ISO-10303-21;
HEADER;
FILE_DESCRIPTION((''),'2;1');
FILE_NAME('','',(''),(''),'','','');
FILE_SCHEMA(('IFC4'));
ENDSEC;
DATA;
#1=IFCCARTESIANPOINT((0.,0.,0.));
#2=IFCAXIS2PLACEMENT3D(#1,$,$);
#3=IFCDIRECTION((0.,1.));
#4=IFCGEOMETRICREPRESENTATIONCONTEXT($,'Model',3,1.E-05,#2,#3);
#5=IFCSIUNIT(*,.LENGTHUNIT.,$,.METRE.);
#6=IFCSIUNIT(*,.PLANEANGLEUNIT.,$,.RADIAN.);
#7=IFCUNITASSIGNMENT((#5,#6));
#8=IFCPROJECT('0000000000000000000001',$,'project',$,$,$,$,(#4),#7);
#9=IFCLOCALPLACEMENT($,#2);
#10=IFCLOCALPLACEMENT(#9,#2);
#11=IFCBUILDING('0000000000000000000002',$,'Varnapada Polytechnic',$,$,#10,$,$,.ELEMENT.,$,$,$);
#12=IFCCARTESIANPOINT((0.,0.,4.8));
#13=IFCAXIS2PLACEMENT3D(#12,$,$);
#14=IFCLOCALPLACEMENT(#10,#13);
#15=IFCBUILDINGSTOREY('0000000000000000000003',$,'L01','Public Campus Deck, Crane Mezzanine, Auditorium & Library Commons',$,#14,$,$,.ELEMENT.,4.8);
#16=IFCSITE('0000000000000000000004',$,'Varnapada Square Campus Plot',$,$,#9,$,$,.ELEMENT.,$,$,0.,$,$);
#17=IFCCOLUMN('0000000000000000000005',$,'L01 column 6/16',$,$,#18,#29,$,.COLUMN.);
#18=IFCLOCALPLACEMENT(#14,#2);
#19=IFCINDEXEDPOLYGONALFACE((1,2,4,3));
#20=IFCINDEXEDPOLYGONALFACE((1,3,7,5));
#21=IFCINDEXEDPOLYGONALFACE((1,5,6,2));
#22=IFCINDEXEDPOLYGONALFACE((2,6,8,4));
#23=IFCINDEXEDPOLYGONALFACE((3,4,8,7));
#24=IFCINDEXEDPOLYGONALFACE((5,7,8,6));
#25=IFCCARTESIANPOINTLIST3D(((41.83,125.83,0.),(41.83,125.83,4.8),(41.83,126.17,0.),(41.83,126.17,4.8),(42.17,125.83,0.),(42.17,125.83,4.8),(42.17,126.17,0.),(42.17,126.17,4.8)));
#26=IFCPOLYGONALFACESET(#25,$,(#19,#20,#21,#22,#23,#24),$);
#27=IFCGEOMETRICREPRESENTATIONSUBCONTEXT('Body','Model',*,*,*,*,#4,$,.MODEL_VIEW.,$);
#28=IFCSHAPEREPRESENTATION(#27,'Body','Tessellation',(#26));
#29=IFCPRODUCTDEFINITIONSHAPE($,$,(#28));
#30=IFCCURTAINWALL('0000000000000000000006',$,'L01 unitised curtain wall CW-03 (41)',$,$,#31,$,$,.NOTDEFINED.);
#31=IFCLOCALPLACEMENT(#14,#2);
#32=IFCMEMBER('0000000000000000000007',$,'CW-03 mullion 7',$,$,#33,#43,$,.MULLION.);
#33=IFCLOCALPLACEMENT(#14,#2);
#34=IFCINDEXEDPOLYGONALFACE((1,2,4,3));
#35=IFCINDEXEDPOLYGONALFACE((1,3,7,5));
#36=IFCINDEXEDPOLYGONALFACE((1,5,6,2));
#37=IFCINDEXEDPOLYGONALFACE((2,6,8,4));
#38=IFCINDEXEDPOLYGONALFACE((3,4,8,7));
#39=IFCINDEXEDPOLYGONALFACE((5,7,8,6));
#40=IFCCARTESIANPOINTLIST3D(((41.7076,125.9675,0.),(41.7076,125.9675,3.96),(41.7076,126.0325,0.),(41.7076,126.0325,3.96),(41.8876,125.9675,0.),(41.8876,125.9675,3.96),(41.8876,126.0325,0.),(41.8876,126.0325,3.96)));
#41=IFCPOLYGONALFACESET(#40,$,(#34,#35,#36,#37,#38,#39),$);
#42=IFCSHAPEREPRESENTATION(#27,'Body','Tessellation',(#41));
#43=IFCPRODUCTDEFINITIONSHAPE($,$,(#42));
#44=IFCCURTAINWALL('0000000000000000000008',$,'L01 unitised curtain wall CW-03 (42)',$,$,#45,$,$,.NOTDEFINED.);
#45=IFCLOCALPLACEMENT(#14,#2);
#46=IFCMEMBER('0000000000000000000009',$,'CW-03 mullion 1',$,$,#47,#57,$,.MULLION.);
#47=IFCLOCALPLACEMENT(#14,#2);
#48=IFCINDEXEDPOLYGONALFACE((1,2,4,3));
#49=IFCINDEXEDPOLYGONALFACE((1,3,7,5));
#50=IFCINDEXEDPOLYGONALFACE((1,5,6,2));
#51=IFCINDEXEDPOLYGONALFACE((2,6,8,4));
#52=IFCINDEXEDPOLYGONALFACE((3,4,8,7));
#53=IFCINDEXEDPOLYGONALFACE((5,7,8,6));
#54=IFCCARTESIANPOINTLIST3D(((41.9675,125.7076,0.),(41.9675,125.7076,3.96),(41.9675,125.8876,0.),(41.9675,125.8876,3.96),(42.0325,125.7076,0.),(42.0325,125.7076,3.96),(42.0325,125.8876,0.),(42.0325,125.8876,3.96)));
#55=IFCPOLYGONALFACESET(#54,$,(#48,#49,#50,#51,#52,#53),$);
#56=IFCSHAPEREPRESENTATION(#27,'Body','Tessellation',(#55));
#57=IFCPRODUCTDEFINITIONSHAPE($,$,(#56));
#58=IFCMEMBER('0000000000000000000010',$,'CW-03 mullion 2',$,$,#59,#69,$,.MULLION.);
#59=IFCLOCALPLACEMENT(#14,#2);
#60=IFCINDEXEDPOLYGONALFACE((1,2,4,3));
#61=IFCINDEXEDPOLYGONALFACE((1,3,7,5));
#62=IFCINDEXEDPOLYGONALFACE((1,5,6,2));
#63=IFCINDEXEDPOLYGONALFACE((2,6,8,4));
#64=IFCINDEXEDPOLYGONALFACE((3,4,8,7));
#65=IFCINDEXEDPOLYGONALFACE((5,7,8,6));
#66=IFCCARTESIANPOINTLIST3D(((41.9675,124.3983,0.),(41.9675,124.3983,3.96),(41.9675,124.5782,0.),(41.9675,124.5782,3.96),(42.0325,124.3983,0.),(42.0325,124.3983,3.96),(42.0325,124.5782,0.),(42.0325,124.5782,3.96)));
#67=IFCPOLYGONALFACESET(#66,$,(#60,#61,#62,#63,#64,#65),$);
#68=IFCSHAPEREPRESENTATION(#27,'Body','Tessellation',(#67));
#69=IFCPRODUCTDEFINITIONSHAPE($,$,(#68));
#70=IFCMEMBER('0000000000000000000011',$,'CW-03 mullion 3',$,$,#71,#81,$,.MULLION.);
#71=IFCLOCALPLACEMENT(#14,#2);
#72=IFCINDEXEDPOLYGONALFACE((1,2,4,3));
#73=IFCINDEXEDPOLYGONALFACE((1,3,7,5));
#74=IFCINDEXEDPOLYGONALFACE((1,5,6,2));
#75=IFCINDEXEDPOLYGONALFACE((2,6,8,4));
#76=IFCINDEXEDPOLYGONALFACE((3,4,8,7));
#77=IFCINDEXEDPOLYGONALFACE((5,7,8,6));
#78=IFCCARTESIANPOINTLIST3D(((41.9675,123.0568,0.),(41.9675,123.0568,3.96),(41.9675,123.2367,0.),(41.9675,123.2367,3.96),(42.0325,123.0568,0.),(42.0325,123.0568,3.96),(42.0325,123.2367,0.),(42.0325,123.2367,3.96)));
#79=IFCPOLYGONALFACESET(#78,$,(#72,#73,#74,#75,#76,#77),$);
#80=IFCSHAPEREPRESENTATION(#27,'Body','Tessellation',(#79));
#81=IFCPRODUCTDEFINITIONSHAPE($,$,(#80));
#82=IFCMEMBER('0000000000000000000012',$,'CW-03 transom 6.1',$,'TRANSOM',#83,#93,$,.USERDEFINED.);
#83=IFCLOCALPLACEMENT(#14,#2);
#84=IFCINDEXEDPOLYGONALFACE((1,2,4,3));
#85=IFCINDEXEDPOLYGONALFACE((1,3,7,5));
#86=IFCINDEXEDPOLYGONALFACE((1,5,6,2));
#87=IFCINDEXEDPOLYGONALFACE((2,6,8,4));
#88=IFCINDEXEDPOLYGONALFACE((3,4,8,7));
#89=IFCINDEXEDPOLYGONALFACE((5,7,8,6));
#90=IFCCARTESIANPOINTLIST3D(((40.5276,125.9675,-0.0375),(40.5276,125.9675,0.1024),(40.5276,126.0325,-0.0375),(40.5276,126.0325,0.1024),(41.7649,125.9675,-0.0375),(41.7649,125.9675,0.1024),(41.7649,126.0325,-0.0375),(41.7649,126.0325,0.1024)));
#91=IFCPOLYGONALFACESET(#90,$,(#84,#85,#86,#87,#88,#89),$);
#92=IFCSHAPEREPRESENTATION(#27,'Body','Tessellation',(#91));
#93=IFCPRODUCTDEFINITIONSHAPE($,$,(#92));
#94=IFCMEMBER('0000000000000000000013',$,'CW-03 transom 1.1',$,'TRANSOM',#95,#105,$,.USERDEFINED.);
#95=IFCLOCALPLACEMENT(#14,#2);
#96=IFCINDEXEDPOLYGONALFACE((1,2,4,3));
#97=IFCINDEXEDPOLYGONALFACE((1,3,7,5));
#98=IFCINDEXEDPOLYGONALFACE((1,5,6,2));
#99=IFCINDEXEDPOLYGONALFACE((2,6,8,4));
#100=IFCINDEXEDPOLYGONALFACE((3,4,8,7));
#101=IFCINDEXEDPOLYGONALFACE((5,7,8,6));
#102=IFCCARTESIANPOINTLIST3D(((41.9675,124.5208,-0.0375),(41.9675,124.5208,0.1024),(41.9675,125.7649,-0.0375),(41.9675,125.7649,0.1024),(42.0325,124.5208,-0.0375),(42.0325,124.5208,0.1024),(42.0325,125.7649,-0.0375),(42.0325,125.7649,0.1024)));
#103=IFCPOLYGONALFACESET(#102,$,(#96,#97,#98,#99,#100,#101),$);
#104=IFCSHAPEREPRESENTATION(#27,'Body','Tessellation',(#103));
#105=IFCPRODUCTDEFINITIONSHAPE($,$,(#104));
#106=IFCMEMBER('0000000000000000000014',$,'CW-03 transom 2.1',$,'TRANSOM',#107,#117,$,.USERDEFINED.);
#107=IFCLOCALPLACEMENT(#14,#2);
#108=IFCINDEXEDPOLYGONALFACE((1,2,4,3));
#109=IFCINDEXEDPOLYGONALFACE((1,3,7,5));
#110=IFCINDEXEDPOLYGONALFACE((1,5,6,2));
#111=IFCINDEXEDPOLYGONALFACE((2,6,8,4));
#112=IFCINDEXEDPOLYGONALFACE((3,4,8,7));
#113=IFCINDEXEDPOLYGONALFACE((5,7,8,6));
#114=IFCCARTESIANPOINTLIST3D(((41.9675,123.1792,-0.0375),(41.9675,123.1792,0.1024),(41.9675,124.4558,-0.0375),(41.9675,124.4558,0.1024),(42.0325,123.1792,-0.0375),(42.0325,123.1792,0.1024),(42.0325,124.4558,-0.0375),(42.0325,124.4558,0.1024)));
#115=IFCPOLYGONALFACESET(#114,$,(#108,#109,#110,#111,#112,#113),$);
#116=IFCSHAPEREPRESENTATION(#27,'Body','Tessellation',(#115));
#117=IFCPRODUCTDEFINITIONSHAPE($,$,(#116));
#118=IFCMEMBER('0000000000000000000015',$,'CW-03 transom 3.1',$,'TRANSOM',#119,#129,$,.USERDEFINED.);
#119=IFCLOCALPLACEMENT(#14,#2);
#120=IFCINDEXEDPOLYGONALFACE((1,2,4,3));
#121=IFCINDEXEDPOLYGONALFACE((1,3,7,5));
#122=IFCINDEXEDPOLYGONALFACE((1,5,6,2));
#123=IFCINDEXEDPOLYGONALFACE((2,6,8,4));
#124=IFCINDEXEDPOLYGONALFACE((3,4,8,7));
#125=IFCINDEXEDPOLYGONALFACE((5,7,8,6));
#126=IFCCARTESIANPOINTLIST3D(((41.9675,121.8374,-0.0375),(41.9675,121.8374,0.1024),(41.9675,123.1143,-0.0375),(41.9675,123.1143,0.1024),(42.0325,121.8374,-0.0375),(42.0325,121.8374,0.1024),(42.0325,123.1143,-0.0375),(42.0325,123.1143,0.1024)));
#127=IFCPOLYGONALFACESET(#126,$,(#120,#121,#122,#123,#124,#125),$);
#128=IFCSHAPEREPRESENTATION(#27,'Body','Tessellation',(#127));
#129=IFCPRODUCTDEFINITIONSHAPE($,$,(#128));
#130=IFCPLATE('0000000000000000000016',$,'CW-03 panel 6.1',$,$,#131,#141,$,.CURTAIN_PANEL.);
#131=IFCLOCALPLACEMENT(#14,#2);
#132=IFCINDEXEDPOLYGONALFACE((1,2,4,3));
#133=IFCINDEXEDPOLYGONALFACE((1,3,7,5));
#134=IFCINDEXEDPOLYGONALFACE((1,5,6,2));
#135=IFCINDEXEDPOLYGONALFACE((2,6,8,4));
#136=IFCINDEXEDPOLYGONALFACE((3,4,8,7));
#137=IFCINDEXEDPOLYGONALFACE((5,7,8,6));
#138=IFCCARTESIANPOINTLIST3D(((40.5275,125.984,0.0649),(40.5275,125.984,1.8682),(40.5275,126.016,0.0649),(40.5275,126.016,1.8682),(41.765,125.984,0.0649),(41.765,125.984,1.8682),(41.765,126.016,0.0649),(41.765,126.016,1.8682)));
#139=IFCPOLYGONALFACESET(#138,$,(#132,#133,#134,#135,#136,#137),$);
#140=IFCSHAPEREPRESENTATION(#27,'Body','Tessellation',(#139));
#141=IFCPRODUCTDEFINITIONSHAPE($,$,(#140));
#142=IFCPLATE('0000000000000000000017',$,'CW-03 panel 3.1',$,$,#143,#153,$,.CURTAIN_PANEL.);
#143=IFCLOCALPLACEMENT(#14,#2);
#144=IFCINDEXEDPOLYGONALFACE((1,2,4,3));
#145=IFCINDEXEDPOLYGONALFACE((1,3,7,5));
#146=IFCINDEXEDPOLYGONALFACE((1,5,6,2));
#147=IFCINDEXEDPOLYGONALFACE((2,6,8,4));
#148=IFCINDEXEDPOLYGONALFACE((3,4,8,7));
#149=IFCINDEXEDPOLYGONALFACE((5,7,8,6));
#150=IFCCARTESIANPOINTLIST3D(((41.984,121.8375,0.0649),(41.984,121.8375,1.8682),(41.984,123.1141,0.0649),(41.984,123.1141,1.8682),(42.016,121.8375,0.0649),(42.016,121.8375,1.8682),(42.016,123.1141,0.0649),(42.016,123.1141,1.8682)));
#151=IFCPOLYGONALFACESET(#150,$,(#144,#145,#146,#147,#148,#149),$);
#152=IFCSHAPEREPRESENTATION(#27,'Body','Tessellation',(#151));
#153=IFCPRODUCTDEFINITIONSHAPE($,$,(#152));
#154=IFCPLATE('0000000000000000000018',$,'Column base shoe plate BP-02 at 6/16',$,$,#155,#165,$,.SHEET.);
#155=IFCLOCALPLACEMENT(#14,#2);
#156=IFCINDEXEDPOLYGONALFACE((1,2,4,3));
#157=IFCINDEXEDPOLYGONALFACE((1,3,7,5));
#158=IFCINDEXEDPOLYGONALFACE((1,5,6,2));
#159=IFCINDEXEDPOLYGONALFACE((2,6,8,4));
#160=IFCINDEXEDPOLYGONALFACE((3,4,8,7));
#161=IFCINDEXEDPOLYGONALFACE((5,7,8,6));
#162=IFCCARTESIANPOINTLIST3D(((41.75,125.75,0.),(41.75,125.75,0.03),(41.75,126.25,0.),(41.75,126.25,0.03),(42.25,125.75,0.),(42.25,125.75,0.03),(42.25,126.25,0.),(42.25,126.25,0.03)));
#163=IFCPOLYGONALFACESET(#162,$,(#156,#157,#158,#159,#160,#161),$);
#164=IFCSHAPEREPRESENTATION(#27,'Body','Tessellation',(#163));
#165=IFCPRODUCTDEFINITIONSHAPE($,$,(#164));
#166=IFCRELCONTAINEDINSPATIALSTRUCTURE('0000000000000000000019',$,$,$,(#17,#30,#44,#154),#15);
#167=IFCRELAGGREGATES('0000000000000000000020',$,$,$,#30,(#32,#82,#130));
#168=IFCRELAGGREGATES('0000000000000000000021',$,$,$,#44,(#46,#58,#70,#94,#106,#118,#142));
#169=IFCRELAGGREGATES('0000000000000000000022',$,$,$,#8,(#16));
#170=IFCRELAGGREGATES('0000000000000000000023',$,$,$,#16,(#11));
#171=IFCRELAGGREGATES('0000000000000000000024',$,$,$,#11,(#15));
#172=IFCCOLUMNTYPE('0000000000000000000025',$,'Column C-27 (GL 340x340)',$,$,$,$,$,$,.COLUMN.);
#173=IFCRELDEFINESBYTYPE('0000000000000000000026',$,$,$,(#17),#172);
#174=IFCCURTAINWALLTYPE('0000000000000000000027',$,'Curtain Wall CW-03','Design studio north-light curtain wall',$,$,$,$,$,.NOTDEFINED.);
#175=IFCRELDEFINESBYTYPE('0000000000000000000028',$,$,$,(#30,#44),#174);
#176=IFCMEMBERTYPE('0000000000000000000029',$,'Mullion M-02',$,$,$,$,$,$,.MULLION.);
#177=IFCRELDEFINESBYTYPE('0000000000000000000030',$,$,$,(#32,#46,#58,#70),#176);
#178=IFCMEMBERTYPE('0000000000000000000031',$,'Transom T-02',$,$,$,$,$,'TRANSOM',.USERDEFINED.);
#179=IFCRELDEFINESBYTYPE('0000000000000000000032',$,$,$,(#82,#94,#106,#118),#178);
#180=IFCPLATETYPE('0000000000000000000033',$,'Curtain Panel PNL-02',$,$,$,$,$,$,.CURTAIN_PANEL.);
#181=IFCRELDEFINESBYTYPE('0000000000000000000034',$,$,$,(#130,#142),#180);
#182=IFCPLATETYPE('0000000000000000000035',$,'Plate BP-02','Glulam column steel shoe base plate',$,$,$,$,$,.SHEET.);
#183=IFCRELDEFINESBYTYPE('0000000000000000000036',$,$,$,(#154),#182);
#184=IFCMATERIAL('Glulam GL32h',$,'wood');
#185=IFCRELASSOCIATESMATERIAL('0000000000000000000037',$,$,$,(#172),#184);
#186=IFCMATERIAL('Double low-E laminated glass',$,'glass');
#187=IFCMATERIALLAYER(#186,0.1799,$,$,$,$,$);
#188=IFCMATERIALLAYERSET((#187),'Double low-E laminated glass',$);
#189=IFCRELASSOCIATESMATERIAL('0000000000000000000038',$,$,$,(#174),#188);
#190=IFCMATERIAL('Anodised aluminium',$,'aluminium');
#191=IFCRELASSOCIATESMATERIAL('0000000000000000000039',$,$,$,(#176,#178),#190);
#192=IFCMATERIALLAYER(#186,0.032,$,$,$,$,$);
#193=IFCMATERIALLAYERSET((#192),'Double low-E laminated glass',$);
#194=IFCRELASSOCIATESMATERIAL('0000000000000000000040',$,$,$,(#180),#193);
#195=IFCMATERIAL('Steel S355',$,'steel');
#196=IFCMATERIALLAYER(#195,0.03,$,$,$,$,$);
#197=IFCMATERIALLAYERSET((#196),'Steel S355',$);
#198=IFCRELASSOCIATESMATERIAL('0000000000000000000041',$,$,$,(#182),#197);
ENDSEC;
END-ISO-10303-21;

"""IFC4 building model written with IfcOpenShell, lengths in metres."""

from ifc_helpers import new_model, si_unit, direction, frame, origin, origin_2d, place, context, subcontext, project, spatial, rectangle, extrude, material, layer, layer_set, material_profile, profile_set, type_object, element, aggregate, save


model = new_model("IFC4")

# Units and contexts
model_context = context("Model", 3, precision=1e-05, world=origin(), true_north=direction((0.0, 1.0)))
body_context = subcontext(model_context, "Body", "Model", "MODEL_VIEW")
ifc_project = project(units=[si_unit("LENGTHUNIT", "METRE"), si_unit("PLANEANGLEUNIT", "RADIAN")], contexts=[model_context])

# Site, building, storey
site_placement = place(None, origin())
site = spatial("IfcSite", under=ifc_project, at=site_placement, Name="Varnapada Square Campus Plot", CompositionType="ELEMENT", RefElevation=0.0)
building_placement = place(site_placement, origin())
building = spatial("IfcBuilding", under=site, at=building_placement, Name="Varnapada Polytechnic", CompositionType="ELEMENT")
storey_placement = place(building_placement, frame((0.0, 0.0, 4.8)))
storey = spatial("IfcBuildingStorey", under=building, at=storey_placement, Name="L01", Description="Public Campus Deck, Crane Mezzanine, Auditorium & Library Commons", CompositionType="ELEMENT", Elevation=4.8)

# Column
ifc_material_1 = material(Name="Glulam GL32h", Category="wood")
ifc_material_profile_1 = material_profile(ifc_material_1, rectangle(XDim=0.3401, YDim=0.3401, at=origin_2d()), Name="GL 340x340")
ifc_profile_set_1 = profile_set([ifc_material_profile_1], Name="Glulam GL32h")
column_type = type_object("IfcColumnType", Name="Column C-27 (GL 340x340)", PredefinedType="COLUMN", material=ifc_profile_set_1)
column_placement = place(storey_placement, frame((42.0, 126.0, 0.0), z_axis=(0.0, 0.0, 1.0), x_axis=(1.0, 0.0, 0.0)))
element("IfcColumn", 1, at=column_placement, inside=storey, type_object=column_type, Name="L01 column 6/16", PredefinedType="COLUMN", context=body_context, shape_type="SweptSolid", body=[
    extrude(rectangle(XDim=0.3401, YDim=0.3401, at=origin_2d()), origin(), (0.0, 0.0, 1.0), 4.8),
])

# Curtain wall, member
ifc_material_2 = material(Name="Double low-E laminated glass", Category="glass")
ifc_layer_1 = layer(ifc_material_2, 0.1799)
ifc_layer_set_1 = layer_set([ifc_layer_1], Name="Double low-E laminated glass")
curtain_wall_type = type_object("IfcCurtainWallType", Name="Curtain Wall CW-03", Description="Design studio north-light curtain wall", PredefinedType="NOTDEFINED", material=ifc_layer_set_1)
curtain_wall_1_placement = place(storey_placement, origin())
curtain_wall_1 = element("IfcCurtainWall", 2, at=curtain_wall_1_placement, inside=storey, type_object=curtain_wall_type, Name="L01 unitised curtain wall CW-03 (41)", PredefinedType="NOTDEFINED")
ifc_material_3 = material(Name="Anodised aluminium", Category="aluminium")
ifc_material_profile_2 = material_profile(ifc_material_3, rectangle(XDim=0.0649, YDim=0.1799, at=origin_2d()), Name="ALU M65x180")
ifc_profile_set_2 = profile_set([ifc_material_profile_2], Name="Anodised aluminium")
member_type_1 = type_object("IfcMemberType", Name="Mullion M-02", PredefinedType="MULLION", material=ifc_profile_set_2)
member_1_placement = place(storey_placement, frame((41.7976, 126.0, 0.0), z_axis=(0.0, 0.0, 1.0), x_axis=(0.0, 1.0, 0.0)))
member_1 = element("IfcMember", 3, at=member_1_placement, type_object=member_type_1, Name="CW-03 mullion 7", PredefinedType="MULLION", context=body_context, shape_type="SweptSolid", body=[
    extrude(rectangle(XDim=0.0649, YDim=0.1799, at=origin_2d()), origin(), (0.0, 0.0, 1.0), 3.96),
])

# Curtain wall, members
curtain_wall_2_placement = place(storey_placement, origin())
curtain_wall_2 = element("IfcCurtainWall", 4, at=curtain_wall_2_placement, inside=storey, type_object=curtain_wall_type, Name="L01 unitised curtain wall CW-03 (42)", PredefinedType="NOTDEFINED")
member_2_placement = place(storey_placement, frame((42.0, 125.7976, 0.0), z_axis=(0.0, 0.0, 1.0), x_axis=(1.0, 0.0, 0.0)))
member_2 = element("IfcMember", 5, at=member_2_placement, type_object=member_type_1, Name="CW-03 mullion 1", PredefinedType="MULLION", context=body_context, shape_type="SweptSolid", body=[
    extrude(rectangle(XDim=0.0649, YDim=0.1799, at=origin_2d()), origin(), (0.0, 0.0, 1.0), 3.96),
])
member_3_placement = place(storey_placement, frame((42.0, 124.4883, 0.0), z_axis=(0.0, 0.0, 1.0), x_axis=(1.0, 0.0, 0.0)))
member_3 = element("IfcMember", 6, at=member_3_placement, type_object=member_type_1, Name="CW-03 mullion 2", PredefinedType="MULLION", context=body_context, shape_type="SweptSolid", body=[
    extrude(rectangle(XDim=0.0649, YDim=0.1799, at=origin_2d()), origin(), (0.0, 0.0, 1.0), 3.96),
])
member_4_placement = place(storey_placement, frame((42.0, 123.1467, 0.0), z_axis=(0.0, 0.0, 1.0), x_axis=(1.0, 0.0, 0.0)))
member_4 = element("IfcMember", 7, at=member_4_placement, type_object=member_type_1, Name="CW-03 mullion 3", PredefinedType="MULLION", context=body_context, shape_type="SweptSolid", body=[
    extrude(rectangle(XDim=0.0649, YDim=0.1799, at=origin_2d()), origin(), (0.0, 0.0, 1.0), 3.96),
])

# Members
ifc_material_profile_3 = material_profile(ifc_material_3, rectangle(XDim=0.0649, YDim=0.1399, at=origin_2d()), Name="ALU T65x140")
ifc_profile_set_3 = profile_set([ifc_material_profile_3], Name="Anodised aluminium")
member_type_2 = type_object("IfcMemberType", Name="Transom T-02", ElementType="TRANSOM", PredefinedType="USERDEFINED", material=ifc_profile_set_3)
member_5_placement = place(storey_placement, frame((40.5276, 126.0, 0.0325), z_axis=(1.0, 0.0, 0.0), x_axis=(0.0, 1.0, 0.0)))
member_5 = element("IfcMember", 8, at=member_5_placement, type_object=member_type_2, Name="CW-03 transom 6.1", ObjectType="TRANSOM", PredefinedType="USERDEFINED", context=body_context, shape_type="SweptSolid", body=[
    extrude(rectangle(XDim=0.0649, YDim=0.1399, at=origin_2d()), origin(), (0.0, 0.0, 1.0), 1.2373),
])
member_6_placement = place(storey_placement, frame((42.0, 125.7649, 0.0325), z_axis=(0.0, -1.0, 0.0), x_axis=(1.0, 0.0, 0.0)))
member_6 = element("IfcMember", 9, at=member_6_placement, type_object=member_type_2, Name="CW-03 transom 1.1", ObjectType="TRANSOM", PredefinedType="USERDEFINED", context=body_context, shape_type="SweptSolid", body=[
    extrude(rectangle(XDim=0.0649, YDim=0.1399, at=origin_2d()), origin(), (0.0, 0.0, 1.0), 1.2441),
])
member_7_placement = place(storey_placement, frame((42.0, 124.4558, 0.0325), z_axis=(0.0, -1.0, 0.0), x_axis=(1.0, 0.0, 0.0)))
member_7 = element("IfcMember", 10, at=member_7_placement, type_object=member_type_2, Name="CW-03 transom 2.1", ObjectType="TRANSOM", PredefinedType="USERDEFINED", context=body_context, shape_type="SweptSolid", body=[
    extrude(rectangle(XDim=0.0649, YDim=0.1399, at=origin_2d()), origin(), (0.0, 0.0, 1.0), 1.2766),
])
member_8_placement = place(storey_placement, frame((42.0, 123.1143, 0.0325), z_axis=(0.0, -1.0, 0.0), x_axis=(1.0, 0.0, 0.0)))
member_8 = element("IfcMember", 11, at=member_8_placement, type_object=member_type_2, Name="CW-03 transom 3.1", ObjectType="TRANSOM", PredefinedType="USERDEFINED", context=body_context, shape_type="SweptSolid", body=[
    extrude(rectangle(XDim=0.0649, YDim=0.1399, at=origin_2d()), origin(), (0.0, 0.0, 1.0), 1.2769),
])

# Plates
ifc_layer_2 = layer(ifc_material_2, 0.032)
ifc_layer_set_2 = layer_set([ifc_layer_2], Name="Double low-E laminated glass")
plate_type_1 = type_object("IfcPlateType", Name="Curtain Panel PNL-02", PredefinedType="CURTAIN_PANEL", material=ifc_layer_set_2)
plate_1_placement = place(storey_placement, frame((41.1462, 126.0, 0.0649), z_axis=(0.0, 0.0, 1.0), x_axis=(1.0, 0.0, 0.0)))
plate_1 = element("IfcPlate", 12, at=plate_1_placement, type_object=plate_type_1, Name="CW-03 panel 6.1", PredefinedType="CURTAIN_PANEL", context=body_context, shape_type="SweptSolid", body=[
    extrude(rectangle(XDim=1.2375, YDim=0.032, at=origin_2d()), origin(), (0.0, 0.0, 1.0), 1.8032),
])
aggregate(curtain_wall_1, [member_1, member_5, plate_1])
plate_2_placement = place(storey_placement, frame((42.0, 122.4758, 0.0649), z_axis=(0.0, 0.0, 1.0), x_axis=(0.0, -1.0, 0.0)))
plate_2 = element("IfcPlate", 13, at=plate_2_placement, type_object=plate_type_1, Name="CW-03 panel 3.1", PredefinedType="CURTAIN_PANEL", context=body_context, shape_type="SweptSolid", body=[
    extrude(rectangle(XDim=1.2766, YDim=0.032, at=origin_2d()), origin(), (0.0, 0.0, 1.0), 1.8032),
])
aggregate(curtain_wall_2, [member_2, member_3, member_4, member_6, member_7, member_8, plate_2])
ifc_material_4 = material(Name="Steel S355", Category="steel")
ifc_layer_3 = layer(ifc_material_4, 0.03)
ifc_layer_set_3 = layer_set([ifc_layer_3], Name="Steel S355")
plate_type_2 = type_object("IfcPlateType", Name="Plate BP-02", Description="Glulam column steel shoe base plate", PredefinedType="SHEET", material=ifc_layer_set_3)
plate_3_placement = place(storey_placement, frame((42.0, 126.0, 0.0), z_axis=(0.0, 0.0, 1.0), x_axis=(1.0, 0.0, 0.0)))
element("IfcPlate", 14, at=plate_3_placement, inside=storey, type_object=plate_type_2, Name="Column base shoe plate BP-02 at 6/16", PredefinedType="SHEET", context=body_context, shape_type="SweptSolid", body=[
    extrude(rectangle(XDim=0.5, YDim=0.5, at=origin_2d()), origin(), (0.0, 0.0, 1.0), 0.03),
])

save(model, "model.ifc")
